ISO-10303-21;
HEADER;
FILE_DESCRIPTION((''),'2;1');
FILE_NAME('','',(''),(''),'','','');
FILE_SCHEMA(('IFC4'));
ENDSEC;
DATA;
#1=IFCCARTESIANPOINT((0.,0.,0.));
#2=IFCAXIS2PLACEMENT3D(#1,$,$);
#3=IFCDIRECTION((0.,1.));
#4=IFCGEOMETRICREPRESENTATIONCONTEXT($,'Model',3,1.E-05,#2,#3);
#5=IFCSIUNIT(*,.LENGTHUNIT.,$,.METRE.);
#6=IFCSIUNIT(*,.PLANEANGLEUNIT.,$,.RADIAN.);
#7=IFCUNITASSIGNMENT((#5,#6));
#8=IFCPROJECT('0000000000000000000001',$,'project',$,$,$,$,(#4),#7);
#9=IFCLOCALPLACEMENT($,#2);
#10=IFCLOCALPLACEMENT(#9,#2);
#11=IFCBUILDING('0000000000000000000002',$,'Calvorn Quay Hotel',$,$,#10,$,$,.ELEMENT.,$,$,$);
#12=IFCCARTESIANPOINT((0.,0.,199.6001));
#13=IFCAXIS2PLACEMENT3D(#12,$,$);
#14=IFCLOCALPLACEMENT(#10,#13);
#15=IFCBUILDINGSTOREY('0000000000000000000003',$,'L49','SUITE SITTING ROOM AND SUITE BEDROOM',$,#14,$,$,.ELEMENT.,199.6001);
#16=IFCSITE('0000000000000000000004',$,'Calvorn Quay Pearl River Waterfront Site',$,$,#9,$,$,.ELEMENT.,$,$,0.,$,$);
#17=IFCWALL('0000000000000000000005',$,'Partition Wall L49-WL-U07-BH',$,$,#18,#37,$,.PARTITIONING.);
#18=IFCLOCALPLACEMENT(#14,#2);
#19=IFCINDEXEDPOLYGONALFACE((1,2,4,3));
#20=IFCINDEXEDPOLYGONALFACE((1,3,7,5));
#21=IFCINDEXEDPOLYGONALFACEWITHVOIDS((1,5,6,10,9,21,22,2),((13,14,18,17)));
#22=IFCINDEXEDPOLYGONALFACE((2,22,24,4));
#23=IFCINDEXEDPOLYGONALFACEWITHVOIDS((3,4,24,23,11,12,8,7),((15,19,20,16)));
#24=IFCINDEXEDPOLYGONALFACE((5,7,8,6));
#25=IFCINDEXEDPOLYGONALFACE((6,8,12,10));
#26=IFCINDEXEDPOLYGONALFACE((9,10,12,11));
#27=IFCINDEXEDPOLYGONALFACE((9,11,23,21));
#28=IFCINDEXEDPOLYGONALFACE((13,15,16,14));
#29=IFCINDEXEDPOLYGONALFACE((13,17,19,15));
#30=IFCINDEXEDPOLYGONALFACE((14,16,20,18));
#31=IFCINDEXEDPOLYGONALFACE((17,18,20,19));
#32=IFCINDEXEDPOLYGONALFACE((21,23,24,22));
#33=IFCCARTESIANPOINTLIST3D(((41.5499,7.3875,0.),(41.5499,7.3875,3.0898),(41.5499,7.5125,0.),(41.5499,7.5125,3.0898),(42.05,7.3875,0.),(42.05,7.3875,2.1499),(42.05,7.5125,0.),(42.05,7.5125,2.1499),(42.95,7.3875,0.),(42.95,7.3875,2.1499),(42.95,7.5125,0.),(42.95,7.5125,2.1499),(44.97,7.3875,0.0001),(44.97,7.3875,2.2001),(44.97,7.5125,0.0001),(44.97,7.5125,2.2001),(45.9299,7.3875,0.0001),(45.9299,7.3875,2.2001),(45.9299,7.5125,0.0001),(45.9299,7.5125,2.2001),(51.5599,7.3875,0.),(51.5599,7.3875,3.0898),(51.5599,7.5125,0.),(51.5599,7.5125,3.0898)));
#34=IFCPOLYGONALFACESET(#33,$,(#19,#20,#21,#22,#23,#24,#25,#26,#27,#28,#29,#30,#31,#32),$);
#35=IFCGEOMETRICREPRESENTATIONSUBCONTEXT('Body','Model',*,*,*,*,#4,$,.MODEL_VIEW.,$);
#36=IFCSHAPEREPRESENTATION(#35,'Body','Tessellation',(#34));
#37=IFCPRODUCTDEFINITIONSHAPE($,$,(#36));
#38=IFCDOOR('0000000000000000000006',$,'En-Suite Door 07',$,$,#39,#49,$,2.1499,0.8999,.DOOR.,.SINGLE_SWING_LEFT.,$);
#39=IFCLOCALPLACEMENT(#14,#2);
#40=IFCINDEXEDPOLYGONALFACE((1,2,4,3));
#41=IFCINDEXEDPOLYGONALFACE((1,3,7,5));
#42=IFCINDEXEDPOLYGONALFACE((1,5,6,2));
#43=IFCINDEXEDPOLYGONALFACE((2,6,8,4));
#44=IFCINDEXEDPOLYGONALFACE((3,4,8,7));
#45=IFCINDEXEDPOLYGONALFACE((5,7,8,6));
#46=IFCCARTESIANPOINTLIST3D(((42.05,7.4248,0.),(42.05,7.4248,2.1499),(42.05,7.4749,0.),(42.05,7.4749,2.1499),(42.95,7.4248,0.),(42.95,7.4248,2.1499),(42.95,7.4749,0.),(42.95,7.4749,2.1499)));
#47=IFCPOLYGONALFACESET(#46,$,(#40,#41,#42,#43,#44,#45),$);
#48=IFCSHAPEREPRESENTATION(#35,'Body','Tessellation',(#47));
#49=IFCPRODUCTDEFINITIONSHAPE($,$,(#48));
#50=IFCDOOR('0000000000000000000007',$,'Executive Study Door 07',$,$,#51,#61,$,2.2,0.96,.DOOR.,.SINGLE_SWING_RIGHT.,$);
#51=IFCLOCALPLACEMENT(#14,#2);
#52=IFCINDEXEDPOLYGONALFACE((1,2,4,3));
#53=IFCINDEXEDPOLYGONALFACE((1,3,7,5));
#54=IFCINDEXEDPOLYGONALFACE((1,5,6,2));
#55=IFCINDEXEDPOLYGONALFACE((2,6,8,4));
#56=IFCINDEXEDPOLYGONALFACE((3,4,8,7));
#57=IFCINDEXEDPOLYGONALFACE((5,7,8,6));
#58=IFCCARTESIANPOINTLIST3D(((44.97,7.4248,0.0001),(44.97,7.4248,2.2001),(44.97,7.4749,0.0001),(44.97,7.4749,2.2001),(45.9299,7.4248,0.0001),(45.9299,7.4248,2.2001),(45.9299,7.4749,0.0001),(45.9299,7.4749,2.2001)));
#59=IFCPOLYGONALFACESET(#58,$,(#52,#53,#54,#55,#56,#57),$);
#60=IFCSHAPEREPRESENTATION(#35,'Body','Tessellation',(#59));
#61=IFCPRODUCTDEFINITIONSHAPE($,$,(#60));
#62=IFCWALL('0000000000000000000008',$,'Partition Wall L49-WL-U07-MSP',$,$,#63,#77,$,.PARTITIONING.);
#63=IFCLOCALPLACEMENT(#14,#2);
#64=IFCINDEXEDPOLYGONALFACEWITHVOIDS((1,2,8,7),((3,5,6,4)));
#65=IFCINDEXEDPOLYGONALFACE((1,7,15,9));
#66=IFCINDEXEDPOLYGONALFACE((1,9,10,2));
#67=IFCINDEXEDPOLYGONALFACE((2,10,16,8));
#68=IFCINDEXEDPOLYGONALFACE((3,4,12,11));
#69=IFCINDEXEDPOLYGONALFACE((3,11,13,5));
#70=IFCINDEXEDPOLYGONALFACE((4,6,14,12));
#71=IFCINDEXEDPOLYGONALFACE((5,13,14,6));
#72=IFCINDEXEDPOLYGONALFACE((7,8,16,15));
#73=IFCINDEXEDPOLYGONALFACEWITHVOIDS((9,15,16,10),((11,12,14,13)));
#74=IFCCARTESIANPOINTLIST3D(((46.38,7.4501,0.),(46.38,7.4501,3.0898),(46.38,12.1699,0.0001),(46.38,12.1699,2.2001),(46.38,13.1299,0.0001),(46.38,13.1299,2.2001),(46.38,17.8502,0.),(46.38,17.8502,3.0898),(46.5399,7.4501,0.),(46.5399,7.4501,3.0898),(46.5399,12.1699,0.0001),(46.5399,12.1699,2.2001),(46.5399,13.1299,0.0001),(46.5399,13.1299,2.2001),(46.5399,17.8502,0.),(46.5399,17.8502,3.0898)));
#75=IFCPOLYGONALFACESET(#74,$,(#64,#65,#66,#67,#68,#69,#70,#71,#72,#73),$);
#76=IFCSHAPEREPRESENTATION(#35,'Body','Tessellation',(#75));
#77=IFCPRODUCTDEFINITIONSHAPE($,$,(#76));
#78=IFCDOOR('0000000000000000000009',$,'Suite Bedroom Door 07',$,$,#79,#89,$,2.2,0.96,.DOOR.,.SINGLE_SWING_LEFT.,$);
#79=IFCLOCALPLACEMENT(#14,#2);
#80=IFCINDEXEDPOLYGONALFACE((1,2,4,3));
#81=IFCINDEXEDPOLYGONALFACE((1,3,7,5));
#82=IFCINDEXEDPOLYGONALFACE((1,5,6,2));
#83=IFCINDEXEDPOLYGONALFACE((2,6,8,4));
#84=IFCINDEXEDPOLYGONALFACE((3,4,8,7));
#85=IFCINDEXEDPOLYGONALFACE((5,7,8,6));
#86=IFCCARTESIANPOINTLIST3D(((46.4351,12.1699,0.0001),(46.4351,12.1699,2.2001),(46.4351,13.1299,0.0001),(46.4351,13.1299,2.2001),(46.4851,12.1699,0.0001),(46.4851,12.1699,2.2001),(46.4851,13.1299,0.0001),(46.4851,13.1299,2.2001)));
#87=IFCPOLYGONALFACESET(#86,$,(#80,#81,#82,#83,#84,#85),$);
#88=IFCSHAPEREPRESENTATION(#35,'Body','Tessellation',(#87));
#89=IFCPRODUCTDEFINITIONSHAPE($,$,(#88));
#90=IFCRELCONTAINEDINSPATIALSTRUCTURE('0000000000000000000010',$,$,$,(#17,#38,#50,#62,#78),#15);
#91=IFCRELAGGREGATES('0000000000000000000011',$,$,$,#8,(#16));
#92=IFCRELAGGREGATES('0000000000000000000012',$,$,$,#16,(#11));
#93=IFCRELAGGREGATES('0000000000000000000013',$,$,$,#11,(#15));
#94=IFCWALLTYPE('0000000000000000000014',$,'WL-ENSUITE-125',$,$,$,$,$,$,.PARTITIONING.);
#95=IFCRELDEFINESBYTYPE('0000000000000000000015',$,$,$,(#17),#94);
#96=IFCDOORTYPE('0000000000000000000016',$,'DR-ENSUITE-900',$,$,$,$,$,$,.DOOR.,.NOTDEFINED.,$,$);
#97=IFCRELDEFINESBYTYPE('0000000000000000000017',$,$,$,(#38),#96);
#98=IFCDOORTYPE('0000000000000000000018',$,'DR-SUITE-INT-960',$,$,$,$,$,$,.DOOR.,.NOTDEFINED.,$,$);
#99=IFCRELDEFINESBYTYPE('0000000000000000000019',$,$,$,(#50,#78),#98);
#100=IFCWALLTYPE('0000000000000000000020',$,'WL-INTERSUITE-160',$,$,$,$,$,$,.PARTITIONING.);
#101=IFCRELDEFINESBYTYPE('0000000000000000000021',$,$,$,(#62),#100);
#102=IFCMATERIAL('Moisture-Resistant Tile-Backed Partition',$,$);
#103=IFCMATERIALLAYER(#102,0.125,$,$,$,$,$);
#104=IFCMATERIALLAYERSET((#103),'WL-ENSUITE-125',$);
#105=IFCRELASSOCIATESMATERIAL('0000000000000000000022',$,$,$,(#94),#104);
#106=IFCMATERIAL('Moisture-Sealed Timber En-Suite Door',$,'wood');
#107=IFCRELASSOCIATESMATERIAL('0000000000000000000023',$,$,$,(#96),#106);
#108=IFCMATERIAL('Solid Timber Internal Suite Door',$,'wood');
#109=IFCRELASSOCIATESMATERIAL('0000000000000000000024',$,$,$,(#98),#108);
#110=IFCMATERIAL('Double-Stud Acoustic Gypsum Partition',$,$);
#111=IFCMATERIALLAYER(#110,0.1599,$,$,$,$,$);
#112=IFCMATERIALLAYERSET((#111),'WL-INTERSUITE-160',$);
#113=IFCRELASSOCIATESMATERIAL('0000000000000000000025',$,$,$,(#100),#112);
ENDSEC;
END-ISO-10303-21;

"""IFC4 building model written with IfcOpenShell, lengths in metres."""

from ifc_helpers import new_model, si_unit, direction, frame, frame_2d, origin, place, context, subcontext, project, spatial, rectangle, extrude, material, layer, layer_set, type_object, element, fill, save


model = new_model("IFC4")

# Units and contexts
model_context = context("Model", 3, precision=1e-05, world=origin(), true_north=direction((0.0, 1.0)))
body_context = subcontext(model_context, "Body", "Model", "MODEL_VIEW")
ifc_project = project(units=[si_unit("LENGTHUNIT", "METRE"), si_unit("PLANEANGLEUNIT", "RADIAN")], contexts=[model_context])

# Site, building, storey
site_placement = place(None, origin())
site = spatial("IfcSite", under=ifc_project, at=site_placement, Name="Calvorn Quay Pearl River Waterfront Site", CompositionType="ELEMENT", RefElevation=0.0)
building_placement = place(site_placement, origin())
building = spatial("IfcBuilding", under=site, at=building_placement, Name="Calvorn Quay Hotel", CompositionType="ELEMENT")
storey_placement = place(building_placement, frame((0.0, 0.0, 199.6001)))
storey = spatial("IfcBuildingStorey", under=building, at=storey_placement, Name="L49", Description="SUITE SITTING ROOM AND SUITE BEDROOM", CompositionType="ELEMENT", Elevation=199.6001)

# Shared definitions
ifc_material_1 = material(Name="Moisture-Resistant Tile-Backed Partition")
ifc_layer_1 = layer(ifc_material_1, 0.125)
ifc_layer_set_1 = layer_set([ifc_layer_1], Name="WL-ENSUITE-125")
wall_type_1 = type_object("IfcWallType", Name="WL-ENSUITE-125", PredefinedType="PARTITIONING", material=ifc_layer_set_1)

# Wall, openings, doors
wall_1_placement = place(storey_placement, frame((41.55, 7.45, 0.0), z_axis=(0.0, 0.0, 1.0), x_axis=(1.0, 0.0, 0.0)))
wall_1 = element("IfcWall", 1, at=wall_1_placement, inside=storey, type_object=wall_type_1, Name="Partition Wall L49-WL-U07-BH", PredefinedType="PARTITIONING", context=body_context, shape_type="SweptSolid", body=[
    extrude(rectangle(XDim=10.01, YDim=0.125, at=frame_2d((5.0049, 0.0))), origin(), (0.0, 0.0, 1.0), 3.0898),
])
opening_1_placement = place(wall_1_placement, frame((0.5, 0.0, 0.0)))
opening_1 = element("IfcOpeningElement", 2, at=opening_1_placement, cuts=wall_1, PredefinedType="OPENING", context=body_context, shape_type="SweptSolid", body=[
    extrude(rectangle(XDim=0.8999, YDim=2.1499, at=frame_2d((0.45, 1.075))), frame((0.0, 0.0725, 0.0), z_axis=(0.0, -1.0, 0.0), x_axis=(1.0, 0.0, 0.0)), (0.0, 0.0, 1.0), 0.145),
])
opening_2_placement = place(wall_1_placement, frame((3.4199, 0.0, 0.0)))
opening_2 = element("IfcOpeningElement", 3, at=opening_2_placement, cuts=wall_1, PredefinedType="OPENING", context=body_context, shape_type="SweptSolid", body=[
    extrude(rectangle(XDim=0.96, YDim=2.2, at=frame_2d((0.48, 1.1001))), frame((0.0, 0.0725, 0.0), z_axis=(0.0, -1.0, 0.0), x_axis=(1.0, 0.0, 0.0)), (0.0, 0.0, 1.0), 0.145),
])
ifc_material_2 = material(Name="Moisture-Sealed Timber En-Suite Door", Category="wood")
door_type_1 = type_object("IfcDoorType", Name="DR-ENSUITE-900", OperationType="NOTDEFINED", PredefinedType="DOOR", material=ifc_material_2)
door_1_placement = place(opening_1_placement, origin())
door_1 = element("IfcDoor", 4, at=door_1_placement, inside=storey, type_object=door_type_1, Name="En-Suite Door 07", OperationType="SINGLE_SWING_LEFT", OverallHeight=2.1499, OverallWidth=0.8999, PredefinedType="DOOR", context=body_context, shape_type="SweptSolid", body=[
    extrude(rectangle(XDim=0.8999, YDim=2.1499, at=frame_2d((0.45, 1.075))), frame((0.0, 0.0249, 0.0), z_axis=(0.0, -1.0, 0.0), x_axis=(1.0, 0.0, 0.0)), (0.0, 0.0, 1.0), 0.05),
])
fill(opening_1, door_1)
ifc_material_3 = material(Name="Solid Timber Internal Suite Door", Category="wood")
door_type_2 = type_object("IfcDoorType", Name="DR-SUITE-INT-960", OperationType="NOTDEFINED", PredefinedType="DOOR", material=ifc_material_3)
door_2_placement = place(opening_2_placement, origin())
door_2 = element("IfcDoor", 5, at=door_2_placement, inside=storey, type_object=door_type_2, Name="Executive Study Door 07", OperationType="SINGLE_SWING_RIGHT", OverallHeight=2.2, OverallWidth=0.96, PredefinedType="DOOR", context=body_context, shape_type="SweptSolid", body=[
    extrude(rectangle(XDim=0.96, YDim=2.2, at=frame_2d((0.48, 1.1001))), frame((0.0, 0.0249, 0.0), z_axis=(0.0, -1.0, 0.0), x_axis=(1.0, 0.0, 0.0)), (0.0, 0.0, 1.0), 0.05),
])
fill(opening_2, door_2)

# Wall, opening, door
ifc_material_4 = material(Name="Double-Stud Acoustic Gypsum Partition")
ifc_layer_2 = layer(ifc_material_4, 0.1599)
ifc_layer_set_2 = layer_set([ifc_layer_2], Name="WL-INTERSUITE-160")
wall_type_2 = type_object("IfcWallType", Name="WL-INTERSUITE-160", PredefinedType="PARTITIONING", material=ifc_layer_set_2)
wall_2_placement = place(storey_placement, frame((46.46, 7.45, 0.0), z_axis=(0.0, 0.0, 1.0), x_axis=(0.0, 1.0, 0.0)))
wall_2 = element("IfcWall", 6, at=wall_2_placement, inside=storey, type_object=wall_type_2, Name="Partition Wall L49-WL-U07-MSP", PredefinedType="PARTITIONING", context=body_context, shape_type="SweptSolid", body=[
    extrude(rectangle(XDim=10.4001, YDim=0.1599, at=frame_2d((5.2002, 0.0))), origin(), (0.0, 0.0, 1.0), 3.0898),
])
opening_3_placement = place(wall_2_placement, frame((4.72, 0.0, 0.0)))
opening_3 = element("IfcOpeningElement", 7, at=opening_3_placement, cuts=wall_2, PredefinedType="OPENING", context=body_context, shape_type="SweptSolid", body=[
    extrude(rectangle(XDim=0.96, YDim=2.2, at=frame_2d((0.48, 1.1001))), frame((0.0, 0.0898, 0.0), z_axis=(0.0, -1.0, 0.0), x_axis=(1.0, 0.0, 0.0)), (0.0, 0.0, 1.0), 0.1799),
])
door_3_placement = place(opening_3_placement, origin())
door_3 = element("IfcDoor", 8, at=door_3_placement, inside=storey, type_object=door_type_2, Name="Suite Bedroom Door 07", OperationType="SINGLE_SWING_LEFT", OverallHeight=2.2, OverallWidth=0.96, PredefinedType="DOOR", context=body_context, shape_type="SweptSolid", body=[
    extrude(rectangle(XDim=0.96, YDim=2.2, at=frame_2d((0.48, 1.1001))), frame((0.0, 0.0249, 0.0), z_axis=(0.0, -1.0, 0.0), x_axis=(1.0, 0.0, 0.0)), (0.0, 0.0, 1.0), 0.05),
])
fill(opening_3, door_3)

save(model, "model.ifc")
